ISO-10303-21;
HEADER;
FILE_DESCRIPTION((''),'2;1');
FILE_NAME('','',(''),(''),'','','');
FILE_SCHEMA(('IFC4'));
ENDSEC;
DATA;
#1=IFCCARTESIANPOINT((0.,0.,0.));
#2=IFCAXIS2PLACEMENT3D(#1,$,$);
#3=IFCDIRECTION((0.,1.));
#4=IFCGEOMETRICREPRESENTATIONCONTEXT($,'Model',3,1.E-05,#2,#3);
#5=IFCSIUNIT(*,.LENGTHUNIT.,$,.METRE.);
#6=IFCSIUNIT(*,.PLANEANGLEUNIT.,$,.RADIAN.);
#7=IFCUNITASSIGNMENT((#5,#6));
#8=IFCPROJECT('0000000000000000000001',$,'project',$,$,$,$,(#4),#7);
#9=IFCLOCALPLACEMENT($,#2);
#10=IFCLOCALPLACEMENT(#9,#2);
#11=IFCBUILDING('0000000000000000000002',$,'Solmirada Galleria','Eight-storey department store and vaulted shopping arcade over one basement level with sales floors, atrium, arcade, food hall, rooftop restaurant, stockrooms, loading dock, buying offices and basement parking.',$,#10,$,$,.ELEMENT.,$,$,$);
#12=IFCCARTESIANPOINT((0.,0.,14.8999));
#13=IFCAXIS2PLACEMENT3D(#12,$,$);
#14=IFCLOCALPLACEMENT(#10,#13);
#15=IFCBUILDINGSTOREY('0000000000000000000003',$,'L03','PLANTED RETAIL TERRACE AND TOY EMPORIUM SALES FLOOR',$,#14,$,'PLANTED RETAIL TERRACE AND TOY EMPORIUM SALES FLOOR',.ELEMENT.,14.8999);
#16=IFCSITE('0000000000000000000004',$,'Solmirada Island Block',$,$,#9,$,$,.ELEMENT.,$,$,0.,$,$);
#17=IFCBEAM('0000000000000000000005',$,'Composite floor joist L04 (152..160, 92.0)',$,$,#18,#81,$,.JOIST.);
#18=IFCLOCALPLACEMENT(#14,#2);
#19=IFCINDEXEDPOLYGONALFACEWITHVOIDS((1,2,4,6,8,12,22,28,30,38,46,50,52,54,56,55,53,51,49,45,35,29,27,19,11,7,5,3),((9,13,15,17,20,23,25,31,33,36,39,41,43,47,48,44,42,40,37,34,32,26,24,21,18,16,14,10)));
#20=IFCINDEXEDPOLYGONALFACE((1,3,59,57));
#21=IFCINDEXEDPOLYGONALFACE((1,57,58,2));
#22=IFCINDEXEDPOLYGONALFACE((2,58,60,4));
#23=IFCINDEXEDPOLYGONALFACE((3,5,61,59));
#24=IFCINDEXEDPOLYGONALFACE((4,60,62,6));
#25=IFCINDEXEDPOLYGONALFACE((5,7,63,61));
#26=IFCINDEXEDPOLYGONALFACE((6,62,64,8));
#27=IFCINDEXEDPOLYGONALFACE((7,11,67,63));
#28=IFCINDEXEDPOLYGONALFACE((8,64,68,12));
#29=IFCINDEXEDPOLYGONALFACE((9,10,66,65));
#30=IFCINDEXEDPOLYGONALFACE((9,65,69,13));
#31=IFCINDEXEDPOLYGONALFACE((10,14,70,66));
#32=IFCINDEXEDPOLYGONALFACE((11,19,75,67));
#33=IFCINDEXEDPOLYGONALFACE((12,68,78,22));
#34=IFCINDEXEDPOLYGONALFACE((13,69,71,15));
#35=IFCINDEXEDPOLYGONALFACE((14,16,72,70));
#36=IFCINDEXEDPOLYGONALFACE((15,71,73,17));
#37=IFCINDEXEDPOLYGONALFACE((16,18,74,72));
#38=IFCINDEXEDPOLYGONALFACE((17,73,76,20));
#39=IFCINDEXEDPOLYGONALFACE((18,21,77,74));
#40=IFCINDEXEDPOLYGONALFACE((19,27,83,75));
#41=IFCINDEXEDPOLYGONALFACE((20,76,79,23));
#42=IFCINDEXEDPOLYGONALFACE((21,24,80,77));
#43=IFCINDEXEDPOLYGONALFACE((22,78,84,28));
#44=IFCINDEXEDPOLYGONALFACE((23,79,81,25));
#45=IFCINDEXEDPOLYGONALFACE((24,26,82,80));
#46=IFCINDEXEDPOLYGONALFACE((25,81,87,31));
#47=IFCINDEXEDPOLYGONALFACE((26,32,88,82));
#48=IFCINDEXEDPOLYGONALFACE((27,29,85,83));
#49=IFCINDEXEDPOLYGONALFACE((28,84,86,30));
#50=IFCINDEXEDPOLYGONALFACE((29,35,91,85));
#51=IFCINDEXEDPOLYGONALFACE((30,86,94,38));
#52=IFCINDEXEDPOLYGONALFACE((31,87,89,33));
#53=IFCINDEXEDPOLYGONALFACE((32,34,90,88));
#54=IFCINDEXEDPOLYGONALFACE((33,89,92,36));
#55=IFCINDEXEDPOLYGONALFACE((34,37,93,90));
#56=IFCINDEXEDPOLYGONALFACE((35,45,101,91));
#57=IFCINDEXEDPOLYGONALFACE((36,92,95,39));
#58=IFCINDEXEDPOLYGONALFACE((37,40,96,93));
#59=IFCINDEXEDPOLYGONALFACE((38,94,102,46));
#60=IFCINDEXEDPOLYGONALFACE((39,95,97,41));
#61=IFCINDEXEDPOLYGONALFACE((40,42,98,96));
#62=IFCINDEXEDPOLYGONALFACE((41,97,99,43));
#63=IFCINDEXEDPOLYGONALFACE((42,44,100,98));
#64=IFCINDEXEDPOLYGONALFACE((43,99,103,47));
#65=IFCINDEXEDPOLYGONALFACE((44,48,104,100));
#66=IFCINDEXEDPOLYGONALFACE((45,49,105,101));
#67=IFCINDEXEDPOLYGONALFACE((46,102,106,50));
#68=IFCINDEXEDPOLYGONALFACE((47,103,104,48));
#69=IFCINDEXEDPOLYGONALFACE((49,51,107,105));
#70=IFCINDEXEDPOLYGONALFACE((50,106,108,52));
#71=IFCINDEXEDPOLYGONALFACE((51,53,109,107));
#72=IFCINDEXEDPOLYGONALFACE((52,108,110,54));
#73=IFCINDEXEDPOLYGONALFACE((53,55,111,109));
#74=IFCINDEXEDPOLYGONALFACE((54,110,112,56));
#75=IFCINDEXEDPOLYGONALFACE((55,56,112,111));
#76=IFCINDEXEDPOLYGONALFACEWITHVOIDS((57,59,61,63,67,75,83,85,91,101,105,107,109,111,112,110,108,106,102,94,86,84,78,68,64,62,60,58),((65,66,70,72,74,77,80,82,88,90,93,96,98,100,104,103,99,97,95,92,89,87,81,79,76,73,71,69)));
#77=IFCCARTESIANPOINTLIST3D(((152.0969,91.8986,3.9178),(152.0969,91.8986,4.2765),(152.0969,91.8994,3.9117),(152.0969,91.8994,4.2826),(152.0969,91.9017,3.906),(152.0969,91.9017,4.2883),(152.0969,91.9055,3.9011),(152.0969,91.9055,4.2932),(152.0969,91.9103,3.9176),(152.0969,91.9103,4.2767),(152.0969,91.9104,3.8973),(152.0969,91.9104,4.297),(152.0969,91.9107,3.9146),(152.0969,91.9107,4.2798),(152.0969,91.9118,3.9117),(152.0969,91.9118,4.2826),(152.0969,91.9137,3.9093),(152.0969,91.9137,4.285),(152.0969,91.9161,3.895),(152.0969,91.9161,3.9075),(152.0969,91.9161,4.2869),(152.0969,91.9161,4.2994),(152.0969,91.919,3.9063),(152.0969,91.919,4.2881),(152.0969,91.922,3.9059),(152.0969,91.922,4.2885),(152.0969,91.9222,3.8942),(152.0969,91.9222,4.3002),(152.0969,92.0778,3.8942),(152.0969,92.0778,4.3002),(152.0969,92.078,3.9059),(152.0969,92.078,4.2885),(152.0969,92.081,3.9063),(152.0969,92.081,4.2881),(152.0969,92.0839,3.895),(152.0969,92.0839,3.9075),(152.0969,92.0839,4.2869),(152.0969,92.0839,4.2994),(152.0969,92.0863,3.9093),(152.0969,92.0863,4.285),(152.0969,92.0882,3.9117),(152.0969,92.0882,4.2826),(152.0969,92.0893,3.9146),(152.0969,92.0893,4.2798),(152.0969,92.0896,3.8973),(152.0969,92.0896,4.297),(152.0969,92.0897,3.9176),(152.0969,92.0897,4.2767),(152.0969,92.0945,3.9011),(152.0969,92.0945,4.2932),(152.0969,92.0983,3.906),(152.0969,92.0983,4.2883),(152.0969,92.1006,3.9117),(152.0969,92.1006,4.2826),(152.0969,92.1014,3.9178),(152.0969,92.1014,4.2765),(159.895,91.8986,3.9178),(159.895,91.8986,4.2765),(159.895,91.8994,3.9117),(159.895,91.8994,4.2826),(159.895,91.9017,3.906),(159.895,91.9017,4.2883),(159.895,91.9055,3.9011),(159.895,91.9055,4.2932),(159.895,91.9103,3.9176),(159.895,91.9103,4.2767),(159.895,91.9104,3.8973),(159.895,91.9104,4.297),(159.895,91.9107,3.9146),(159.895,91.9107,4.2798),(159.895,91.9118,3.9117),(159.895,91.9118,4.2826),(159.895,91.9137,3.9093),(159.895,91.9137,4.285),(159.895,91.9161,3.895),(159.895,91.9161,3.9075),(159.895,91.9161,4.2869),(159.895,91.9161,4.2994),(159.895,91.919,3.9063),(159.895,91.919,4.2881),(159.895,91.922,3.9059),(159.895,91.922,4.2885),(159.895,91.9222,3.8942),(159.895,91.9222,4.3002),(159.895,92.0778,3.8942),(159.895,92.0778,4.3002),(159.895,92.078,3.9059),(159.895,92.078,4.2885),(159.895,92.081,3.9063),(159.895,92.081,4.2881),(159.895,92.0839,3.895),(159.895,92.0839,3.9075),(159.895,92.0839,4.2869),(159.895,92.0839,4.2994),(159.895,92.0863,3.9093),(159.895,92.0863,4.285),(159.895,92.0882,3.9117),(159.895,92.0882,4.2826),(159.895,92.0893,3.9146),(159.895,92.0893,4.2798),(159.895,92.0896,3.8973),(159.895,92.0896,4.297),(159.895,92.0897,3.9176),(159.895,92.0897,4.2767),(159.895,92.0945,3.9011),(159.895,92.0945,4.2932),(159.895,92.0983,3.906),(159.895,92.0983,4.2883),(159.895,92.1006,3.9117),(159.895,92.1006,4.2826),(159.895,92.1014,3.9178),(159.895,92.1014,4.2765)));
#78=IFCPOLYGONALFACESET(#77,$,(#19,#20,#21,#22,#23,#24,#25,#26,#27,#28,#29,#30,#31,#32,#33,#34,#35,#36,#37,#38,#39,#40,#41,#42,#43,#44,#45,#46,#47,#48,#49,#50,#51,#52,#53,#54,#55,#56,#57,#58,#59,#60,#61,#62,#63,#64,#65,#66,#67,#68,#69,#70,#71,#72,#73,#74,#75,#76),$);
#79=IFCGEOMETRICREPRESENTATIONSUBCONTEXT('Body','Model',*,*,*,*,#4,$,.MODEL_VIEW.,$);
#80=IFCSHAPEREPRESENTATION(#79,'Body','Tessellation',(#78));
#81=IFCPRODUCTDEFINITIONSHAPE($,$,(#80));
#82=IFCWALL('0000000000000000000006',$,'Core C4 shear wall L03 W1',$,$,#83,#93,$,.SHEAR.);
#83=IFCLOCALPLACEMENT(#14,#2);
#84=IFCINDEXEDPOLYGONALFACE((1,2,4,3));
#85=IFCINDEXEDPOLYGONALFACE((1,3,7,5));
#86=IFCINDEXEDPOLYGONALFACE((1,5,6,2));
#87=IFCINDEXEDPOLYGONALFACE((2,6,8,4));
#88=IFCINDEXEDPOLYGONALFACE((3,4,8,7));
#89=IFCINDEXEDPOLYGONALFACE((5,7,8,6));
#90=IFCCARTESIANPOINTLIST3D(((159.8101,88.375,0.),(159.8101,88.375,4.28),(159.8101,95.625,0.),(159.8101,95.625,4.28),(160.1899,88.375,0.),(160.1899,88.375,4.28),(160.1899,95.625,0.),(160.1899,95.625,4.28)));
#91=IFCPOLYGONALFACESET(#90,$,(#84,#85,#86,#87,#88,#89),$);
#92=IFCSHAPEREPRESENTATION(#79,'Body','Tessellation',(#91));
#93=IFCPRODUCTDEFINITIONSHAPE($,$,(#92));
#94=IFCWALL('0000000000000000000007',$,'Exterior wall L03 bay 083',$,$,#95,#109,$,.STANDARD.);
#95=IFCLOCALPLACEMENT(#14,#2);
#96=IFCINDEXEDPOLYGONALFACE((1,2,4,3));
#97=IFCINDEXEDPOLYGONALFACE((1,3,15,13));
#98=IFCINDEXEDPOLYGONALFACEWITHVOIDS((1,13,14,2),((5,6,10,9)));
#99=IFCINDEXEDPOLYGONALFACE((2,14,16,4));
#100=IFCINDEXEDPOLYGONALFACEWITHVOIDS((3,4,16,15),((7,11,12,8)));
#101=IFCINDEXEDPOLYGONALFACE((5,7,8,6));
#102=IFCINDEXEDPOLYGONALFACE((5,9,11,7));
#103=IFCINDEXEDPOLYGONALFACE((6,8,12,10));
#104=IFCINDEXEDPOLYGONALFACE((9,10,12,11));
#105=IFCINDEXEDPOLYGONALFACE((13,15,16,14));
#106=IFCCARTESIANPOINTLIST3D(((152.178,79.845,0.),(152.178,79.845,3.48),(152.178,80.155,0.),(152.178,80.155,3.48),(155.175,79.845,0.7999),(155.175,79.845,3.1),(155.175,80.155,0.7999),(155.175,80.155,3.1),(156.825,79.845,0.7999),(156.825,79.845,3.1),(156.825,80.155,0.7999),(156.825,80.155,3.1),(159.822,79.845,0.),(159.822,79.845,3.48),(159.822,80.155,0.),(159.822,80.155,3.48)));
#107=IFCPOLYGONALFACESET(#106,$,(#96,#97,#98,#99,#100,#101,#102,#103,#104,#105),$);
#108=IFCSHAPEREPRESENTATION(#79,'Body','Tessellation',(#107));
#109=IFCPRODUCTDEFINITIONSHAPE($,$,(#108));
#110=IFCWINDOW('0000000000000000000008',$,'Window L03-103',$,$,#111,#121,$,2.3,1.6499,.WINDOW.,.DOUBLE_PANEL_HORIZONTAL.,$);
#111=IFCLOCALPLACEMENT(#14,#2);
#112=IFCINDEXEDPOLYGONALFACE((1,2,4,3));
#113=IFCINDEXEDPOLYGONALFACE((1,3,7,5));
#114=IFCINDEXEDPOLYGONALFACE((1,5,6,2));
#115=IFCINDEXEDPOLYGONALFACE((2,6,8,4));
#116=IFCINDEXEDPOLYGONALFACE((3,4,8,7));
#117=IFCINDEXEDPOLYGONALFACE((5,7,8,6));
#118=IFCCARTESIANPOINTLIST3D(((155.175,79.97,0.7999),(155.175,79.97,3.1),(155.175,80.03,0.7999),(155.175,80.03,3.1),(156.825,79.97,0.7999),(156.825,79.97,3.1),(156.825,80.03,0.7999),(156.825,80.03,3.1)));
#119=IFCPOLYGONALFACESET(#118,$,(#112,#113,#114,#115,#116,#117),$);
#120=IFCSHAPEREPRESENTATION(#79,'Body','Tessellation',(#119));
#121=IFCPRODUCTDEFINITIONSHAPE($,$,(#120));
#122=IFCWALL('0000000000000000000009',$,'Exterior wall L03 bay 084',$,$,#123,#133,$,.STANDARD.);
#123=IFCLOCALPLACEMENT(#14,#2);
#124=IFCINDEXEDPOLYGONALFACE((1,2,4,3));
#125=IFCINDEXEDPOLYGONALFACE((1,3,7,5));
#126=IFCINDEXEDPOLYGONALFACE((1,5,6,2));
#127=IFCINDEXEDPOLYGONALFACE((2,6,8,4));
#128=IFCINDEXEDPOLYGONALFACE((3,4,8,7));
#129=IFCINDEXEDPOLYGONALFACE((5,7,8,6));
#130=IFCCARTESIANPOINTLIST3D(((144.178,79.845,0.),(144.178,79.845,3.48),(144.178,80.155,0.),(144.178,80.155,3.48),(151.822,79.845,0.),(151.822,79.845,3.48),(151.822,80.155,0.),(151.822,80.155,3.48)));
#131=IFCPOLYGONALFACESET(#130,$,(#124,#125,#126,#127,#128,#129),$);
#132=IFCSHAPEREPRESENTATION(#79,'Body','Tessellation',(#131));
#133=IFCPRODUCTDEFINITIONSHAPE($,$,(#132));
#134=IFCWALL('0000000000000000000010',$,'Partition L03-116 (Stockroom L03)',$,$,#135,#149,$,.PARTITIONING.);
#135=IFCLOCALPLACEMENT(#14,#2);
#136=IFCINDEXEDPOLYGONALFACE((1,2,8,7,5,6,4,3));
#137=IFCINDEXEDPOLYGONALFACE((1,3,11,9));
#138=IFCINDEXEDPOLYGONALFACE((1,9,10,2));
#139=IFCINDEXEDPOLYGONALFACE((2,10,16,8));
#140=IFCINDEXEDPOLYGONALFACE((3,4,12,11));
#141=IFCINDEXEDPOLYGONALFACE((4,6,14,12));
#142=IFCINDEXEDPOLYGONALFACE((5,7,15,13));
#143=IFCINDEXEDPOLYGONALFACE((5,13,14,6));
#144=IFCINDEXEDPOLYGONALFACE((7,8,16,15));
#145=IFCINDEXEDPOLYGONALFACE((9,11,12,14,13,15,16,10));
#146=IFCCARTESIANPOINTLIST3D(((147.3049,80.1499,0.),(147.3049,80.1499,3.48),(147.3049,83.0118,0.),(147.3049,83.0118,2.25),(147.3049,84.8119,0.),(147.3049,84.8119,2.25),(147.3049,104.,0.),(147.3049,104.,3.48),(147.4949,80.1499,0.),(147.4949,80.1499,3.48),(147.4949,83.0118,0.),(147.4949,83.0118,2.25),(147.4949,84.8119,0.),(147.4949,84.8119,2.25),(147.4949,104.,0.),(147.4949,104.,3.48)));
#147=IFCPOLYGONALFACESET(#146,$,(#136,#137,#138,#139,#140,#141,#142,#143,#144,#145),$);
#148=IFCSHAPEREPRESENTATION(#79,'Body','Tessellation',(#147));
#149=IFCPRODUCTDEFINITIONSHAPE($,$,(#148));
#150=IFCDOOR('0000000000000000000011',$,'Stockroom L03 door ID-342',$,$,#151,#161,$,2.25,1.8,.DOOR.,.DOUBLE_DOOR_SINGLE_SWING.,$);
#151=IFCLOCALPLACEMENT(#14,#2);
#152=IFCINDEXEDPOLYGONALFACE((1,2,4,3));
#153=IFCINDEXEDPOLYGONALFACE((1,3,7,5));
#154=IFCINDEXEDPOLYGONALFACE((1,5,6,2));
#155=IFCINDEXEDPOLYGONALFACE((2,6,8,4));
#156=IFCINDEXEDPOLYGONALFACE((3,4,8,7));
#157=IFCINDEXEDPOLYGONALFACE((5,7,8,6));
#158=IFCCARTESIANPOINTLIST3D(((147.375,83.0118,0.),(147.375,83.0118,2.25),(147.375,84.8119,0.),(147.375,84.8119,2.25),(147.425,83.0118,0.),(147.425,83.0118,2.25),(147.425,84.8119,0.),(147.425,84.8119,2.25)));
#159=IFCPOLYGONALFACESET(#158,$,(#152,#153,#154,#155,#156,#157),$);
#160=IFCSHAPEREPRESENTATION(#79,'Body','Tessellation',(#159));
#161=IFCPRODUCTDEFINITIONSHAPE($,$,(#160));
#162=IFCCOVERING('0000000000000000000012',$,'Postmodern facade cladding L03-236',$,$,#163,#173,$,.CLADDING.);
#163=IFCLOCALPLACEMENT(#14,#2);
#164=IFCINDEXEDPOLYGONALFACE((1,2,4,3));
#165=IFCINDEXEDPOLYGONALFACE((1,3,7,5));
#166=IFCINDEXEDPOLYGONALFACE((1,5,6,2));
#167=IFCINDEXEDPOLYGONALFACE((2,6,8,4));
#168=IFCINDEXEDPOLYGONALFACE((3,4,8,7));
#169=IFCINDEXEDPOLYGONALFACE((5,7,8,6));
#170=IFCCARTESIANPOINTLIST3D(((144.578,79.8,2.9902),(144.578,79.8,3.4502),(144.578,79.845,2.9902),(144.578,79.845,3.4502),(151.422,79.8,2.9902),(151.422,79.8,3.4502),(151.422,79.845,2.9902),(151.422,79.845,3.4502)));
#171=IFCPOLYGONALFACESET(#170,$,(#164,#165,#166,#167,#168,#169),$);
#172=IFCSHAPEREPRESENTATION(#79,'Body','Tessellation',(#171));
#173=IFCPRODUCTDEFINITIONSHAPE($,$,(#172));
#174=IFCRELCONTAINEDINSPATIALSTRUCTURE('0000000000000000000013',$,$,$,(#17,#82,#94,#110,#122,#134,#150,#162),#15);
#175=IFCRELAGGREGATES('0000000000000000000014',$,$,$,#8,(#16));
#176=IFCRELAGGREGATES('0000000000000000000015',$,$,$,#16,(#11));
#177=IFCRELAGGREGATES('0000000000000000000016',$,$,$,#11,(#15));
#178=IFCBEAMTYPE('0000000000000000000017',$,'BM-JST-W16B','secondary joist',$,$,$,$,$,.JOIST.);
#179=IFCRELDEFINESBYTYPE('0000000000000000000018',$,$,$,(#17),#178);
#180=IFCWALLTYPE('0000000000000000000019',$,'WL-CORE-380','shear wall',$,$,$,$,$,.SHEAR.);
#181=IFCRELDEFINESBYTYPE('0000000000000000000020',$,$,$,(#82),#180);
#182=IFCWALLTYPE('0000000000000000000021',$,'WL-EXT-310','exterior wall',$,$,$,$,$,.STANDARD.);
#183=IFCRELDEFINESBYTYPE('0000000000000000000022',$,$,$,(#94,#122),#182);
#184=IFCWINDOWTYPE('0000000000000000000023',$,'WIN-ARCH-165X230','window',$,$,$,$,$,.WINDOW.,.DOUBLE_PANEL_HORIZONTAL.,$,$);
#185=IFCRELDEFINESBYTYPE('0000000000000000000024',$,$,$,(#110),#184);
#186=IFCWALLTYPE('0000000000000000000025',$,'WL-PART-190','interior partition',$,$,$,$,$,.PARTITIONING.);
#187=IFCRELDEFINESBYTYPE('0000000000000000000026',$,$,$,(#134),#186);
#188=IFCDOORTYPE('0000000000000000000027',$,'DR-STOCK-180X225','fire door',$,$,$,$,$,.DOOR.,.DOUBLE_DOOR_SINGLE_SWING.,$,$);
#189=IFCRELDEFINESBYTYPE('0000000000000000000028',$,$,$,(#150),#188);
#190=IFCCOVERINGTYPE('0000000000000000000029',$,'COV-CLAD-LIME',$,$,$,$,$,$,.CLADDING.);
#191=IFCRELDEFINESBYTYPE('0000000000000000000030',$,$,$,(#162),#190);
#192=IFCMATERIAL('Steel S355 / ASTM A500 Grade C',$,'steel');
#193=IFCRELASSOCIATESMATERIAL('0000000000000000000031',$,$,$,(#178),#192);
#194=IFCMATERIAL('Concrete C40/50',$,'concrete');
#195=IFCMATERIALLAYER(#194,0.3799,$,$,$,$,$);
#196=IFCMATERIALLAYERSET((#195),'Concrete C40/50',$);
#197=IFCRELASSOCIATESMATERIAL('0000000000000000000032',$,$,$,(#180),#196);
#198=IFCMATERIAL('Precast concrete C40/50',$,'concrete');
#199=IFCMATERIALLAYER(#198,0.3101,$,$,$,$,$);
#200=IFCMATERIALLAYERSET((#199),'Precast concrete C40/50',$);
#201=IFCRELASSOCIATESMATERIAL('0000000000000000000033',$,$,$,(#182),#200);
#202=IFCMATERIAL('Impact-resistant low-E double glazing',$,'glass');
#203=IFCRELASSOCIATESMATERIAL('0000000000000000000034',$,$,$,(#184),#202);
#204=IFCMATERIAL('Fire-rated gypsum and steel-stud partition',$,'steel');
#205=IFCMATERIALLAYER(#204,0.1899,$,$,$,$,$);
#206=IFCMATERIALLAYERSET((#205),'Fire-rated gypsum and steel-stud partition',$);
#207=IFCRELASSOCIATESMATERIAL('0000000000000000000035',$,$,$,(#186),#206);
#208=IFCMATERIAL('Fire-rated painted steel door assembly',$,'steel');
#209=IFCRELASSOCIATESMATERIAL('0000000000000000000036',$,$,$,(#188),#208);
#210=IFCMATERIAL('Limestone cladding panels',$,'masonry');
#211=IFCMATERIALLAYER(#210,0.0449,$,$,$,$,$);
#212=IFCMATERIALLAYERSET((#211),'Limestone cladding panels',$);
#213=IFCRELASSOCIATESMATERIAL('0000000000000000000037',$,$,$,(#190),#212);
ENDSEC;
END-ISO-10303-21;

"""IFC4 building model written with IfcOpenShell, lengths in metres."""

from ifc_helpers import new_model, si_unit, direction, frame, frame_2d, origin, origin_2d, place, context, subcontext, project, spatial, rectangle, hollow_rectangle, extrude, material, layer, layer_set, material_profile, profile_set, type_object, element, fill, save


model = new_model("IFC4")

# Units and contexts
model_context = context("Model", 3, precision=1e-05, world=origin(), true_north=direction((0.0, 1.0)))
body_context = subcontext(model_context, "Body", "Model", "MODEL_VIEW")
ifc_project = project(units=[si_unit("LENGTHUNIT", "METRE"), si_unit("PLANEANGLEUNIT", "RADIAN")], contexts=[model_context])

# Site, building, storey
site_placement = place(None, origin())
site = spatial("IfcSite", under=ifc_project, at=site_placement, Name="Solmirada Island Block", CompositionType="ELEMENT", RefElevation=0.0)
building_placement = place(site_placement, origin())
building = spatial("IfcBuilding", under=site, at=building_placement, Name="Solmirada Galleria", Description="Eight-storey department store and vaulted shopping arcade over one basement level with sales floors, atrium, arcade, food hall, rooftop restaurant, stockrooms, loading dock, buying offices and basement parking.", CompositionType="ELEMENT")
storey_placement = place(building_placement, frame((0.0, 0.0, 14.8999)))
storey = spatial("IfcBuildingStorey", under=building, at=storey_placement, Name="L03", Description="PLANTED RETAIL TERRACE AND TOY EMPORIUM SALES FLOOR", LongName="PLANTED RETAIL TERRACE AND TOY EMPORIUM SALES FLOOR", CompositionType="ELEMENT", Elevation=14.8999)

# Shared definitions
ifc_material_1 = material(Name="Steel S355 / ASTM A500 Grade C", Category="steel")
ifc_material_2 = material(Name="Concrete C40/50", Category="concrete")

# Beam
ifc_material_profile_1 = material_profile(ifc_material_1, hollow_rectangle(XDim=0.2029, YDim=0.406, WallThickness=0.0117, InnerFilletRadius=0.0117, OuterFilletRadius=0.0237, at=origin_2d()), Name="HSS16X8X1/2")
ifc_profile_set_1 = profile_set([ifc_material_profile_1], Name="Steel S355 / ASTM A500 Grade C")
beam_type_1 = type_object("IfcBeamType", Name="BM-JST-W16B", Description="secondary joist", PredefinedType="JOIST", material=ifc_profile_set_1)
for number, where, z_axis, x_axis, name in (
    (1, (152.0969, 92.0, 4.0972), (1.0, 0.0, 0.0), (0.0, 1.0, 0.0), "Composite floor joist L04 (152..160, 92.0)"),
):
    element("IfcBeam", number, at=place(storey_placement, frame(where, z_axis=z_axis, x_axis=x_axis)), inside=storey, type_object=beam_type_1, Name=name, PredefinedType="JOIST", context=body_context, shape_type="SweptSolid", body=[
        extrude(hollow_rectangle(XDim=0.2029, YDim=0.406, WallThickness=0.0117, InnerFilletRadius=0.0117, OuterFilletRadius=0.0237, at=origin_2d()), origin(), (0.0, 0.0, 1.0), 7.7981),
    ])

# Wall
ifc_layer_1 = layer(ifc_material_2, 0.3799)
ifc_layer_set_1 = layer_set([ifc_layer_1], Name="Concrete C40/50")
wall_type_1 = type_object("IfcWallType", Name="WL-CORE-380", Description="shear wall", PredefinedType="SHEAR", material=ifc_layer_set_1)
wall_1_placement = place(storey_placement, frame((160.0, 88.375, 0.0), z_axis=(0.0, 0.0, 1.0), x_axis=(0.0, 1.0, 0.0)))
element("IfcWall", 2, at=wall_1_placement, inside=storey, type_object=wall_type_1, Name="Core C4 shear wall L03 W1", PredefinedType="SHEAR", context=body_context, shape_type="SweptSolid", body=[
    extrude(rectangle(XDim=7.25, YDim=0.3799, at=frame_2d((3.625, 0.0))), origin(), (0.0, 0.0, 1.0), 4.28),
])

# Wall, opening, window
ifc_material_3 = material(Name="Precast concrete C40/50", Category="concrete")
ifc_layer_2 = layer(ifc_material_3, 0.3101)
ifc_layer_set_2 = layer_set([ifc_layer_2], Name="Precast concrete C40/50")
wall_type_2 = type_object("IfcWallType", Name="WL-EXT-310", Description="exterior wall", PredefinedType="STANDARD", material=ifc_layer_set_2)
wall_2_placement = place(storey_placement, frame((159.822, 80.0, 0.0), z_axis=(0.0, 0.0, 1.0), x_axis=(-1.0, 0.0, 0.0)))
wall_2 = element("IfcWall", 3, at=wall_2_placement, inside=storey, type_object=wall_type_2, Name="Exterior wall L03 bay 083", PredefinedType="STANDARD", context=body_context, shape_type="SweptSolid", body=[
    extrude(rectangle(XDim=7.644, YDim=0.3101, at=frame_2d((3.822, 0.0))), origin(), (0.0, 0.0, 1.0), 3.48),
])
opening_1_placement = place(wall_2_placement, frame((2.9971, 0.0, 0.8)))
opening_1 = element("IfcOpeningElement", 4, at=opening_1_placement, cuts=wall_2, PredefinedType="OPENING", context=body_context, shape_type="SweptSolid", body=[
    extrude(rectangle(XDim=1.6499, YDim=2.3, at=frame_2d((0.825, 1.1499))), frame((0.0, 0.165, 0.0), z_axis=(0.0, -1.0, 0.0), x_axis=(1.0, 0.0, 0.0)), (0.0, 0.0, 1.0), 0.3301),
])
ifc_material_4 = material(Name="Impact-resistant low-E double glazing", Category="glass")
window_type = type_object("IfcWindowType", Name="WIN-ARCH-165X230", Description="window", PartitioningType="DOUBLE_PANEL_HORIZONTAL", PredefinedType="WINDOW", material=ifc_material_4)
window_placement = place(opening_1_placement, origin())
window = element("IfcWindow", 5, at=window_placement, inside=storey, type_object=window_type, Name="Window L03-103", OverallHeight=2.3, OverallWidth=1.6499, PartitioningType="DOUBLE_PANEL_HORIZONTAL", PredefinedType="WINDOW", context=body_context, shape_type="SweptSolid", body=[
    extrude(rectangle(XDim=1.6499, YDim=2.3, at=frame_2d((0.825, 1.1499))), frame((0.0, 0.03, 0.0), z_axis=(0.0, -1.0, 0.0), x_axis=(1.0, 0.0, 0.0)), (0.0, 0.0, 1.0), 0.0601),
])
fill(opening_1, window)

# Wall
wall_3_placement = place(storey_placement, frame((151.822, 80.0, 0.0), z_axis=(0.0, 0.0, 1.0), x_axis=(-1.0, 0.0, 0.0)))
element("IfcWall", 6, at=wall_3_placement, inside=storey, type_object=wall_type_2, Name="Exterior wall L03 bay 084", PredefinedType="STANDARD", context=body_context, shape_type="SweptSolid", body=[
    extrude(rectangle(XDim=7.644, YDim=0.3101, at=frame_2d((3.822, 0.0))), origin(), (0.0, 0.0, 1.0), 3.48),
])

# Wall, opening, door
ifc_material_5 = material(Name="Fire-rated gypsum and steel-stud partition", Category="steel")
ifc_layer_3 = layer(ifc_material_5, 0.1899)
ifc_layer_set_3 = layer_set([ifc_layer_3], Name="Fire-rated gypsum and steel-stud partition")
wall_type_3 = type_object("IfcWallType", Name="WL-PART-190", Description="interior partition", PredefinedType="PARTITIONING", material=ifc_layer_set_3)
wall_4_placement = place(storey_placement, frame((147.3999, 80.1499, 0.0), z_axis=(0.0, 0.0, 1.0), x_axis=(0.0, 1.0, 0.0)))
wall_4 = element("IfcWall", 7, at=wall_4_placement, inside=storey, type_object=wall_type_3, Name="Partition L03-116 (Stockroom L03)", PredefinedType="PARTITIONING", context=body_context, shape_type="SweptSolid", body=[
    extrude(rectangle(XDim=23.8501, YDim=0.1899, at=frame_2d((11.925, 0.0))), origin(), (0.0, 0.0, 1.0), 3.48),
])
opening_2_placement = place(wall_4_placement, frame((2.8621, 0.0, 0.0)))
opening_2 = element("IfcOpeningElement", 8, at=opening_2_placement, cuts=wall_4, PredefinedType="OPENING", context=body_context, shape_type="SweptSolid", body=[
    extrude(rectangle(XDim=1.8, YDim=2.25, at=frame_2d((0.8999, 1.125))), frame((0.0, 0.105, 0.0), z_axis=(0.0, -1.0, 0.0), x_axis=(1.0, 0.0, 0.0)), (0.0, 0.0, 1.0), 0.21),
])
ifc_material_6 = material(Name="Fire-rated painted steel door assembly", Category="steel")
door_type = type_object("IfcDoorType", Name="DR-STOCK-180X225", Description="fire door", OperationType="DOUBLE_DOOR_SINGLE_SWING", PredefinedType="DOOR", material=ifc_material_6)
door_placement = place(opening_2_placement, origin())
door = element("IfcDoor", 9, at=door_placement, inside=storey, type_object=door_type, Name="Stockroom L03 door ID-342", OperationType="DOUBLE_DOOR_SINGLE_SWING", OverallHeight=2.25, OverallWidth=1.8, PredefinedType="DOOR", context=body_context, shape_type="SweptSolid", body=[
    extrude(rectangle(XDim=1.8, YDim=2.25, at=frame_2d((0.8999, 1.125))), frame((0.0, 0.0249, 0.0), z_axis=(0.0, -1.0, 0.0), x_axis=(1.0, 0.0, 0.0)), (0.0, 0.0, 1.0), 0.05),
])
fill(opening_2, door)

# Covering
ifc_material_7 = material(Name="Limestone cladding panels", Category="masonry")
ifc_layer_4 = layer(ifc_material_7, 0.0449)
ifc_layer_set_4 = layer_set([ifc_layer_4], Name="Limestone cladding panels")
covering_type_1 = type_object("IfcCoveringType", Name="COV-CLAD-LIME", PredefinedType="CLADDING", material=ifc_layer_set_4)
covering_1_placement = place(storey_placement, frame((148.0, 79.8225, 2.9902), z_axis=(0.0, 0.0, 1.0), x_axis=(-1.0, 0.0, 0.0)))
element("IfcCovering", 10, at=covering_1_placement, inside=storey, type_object=covering_type_1, Name="Postmodern facade cladding L03-236", PredefinedType="CLADDING", context=body_context, shape_type="SweptSolid", body=[
    extrude(rectangle(XDim=6.844, YDim=0.0449, at=origin_2d()), origin(), (0.0, 0.0, 1.0), 0.46),
])

save(model, "model.ifc")
